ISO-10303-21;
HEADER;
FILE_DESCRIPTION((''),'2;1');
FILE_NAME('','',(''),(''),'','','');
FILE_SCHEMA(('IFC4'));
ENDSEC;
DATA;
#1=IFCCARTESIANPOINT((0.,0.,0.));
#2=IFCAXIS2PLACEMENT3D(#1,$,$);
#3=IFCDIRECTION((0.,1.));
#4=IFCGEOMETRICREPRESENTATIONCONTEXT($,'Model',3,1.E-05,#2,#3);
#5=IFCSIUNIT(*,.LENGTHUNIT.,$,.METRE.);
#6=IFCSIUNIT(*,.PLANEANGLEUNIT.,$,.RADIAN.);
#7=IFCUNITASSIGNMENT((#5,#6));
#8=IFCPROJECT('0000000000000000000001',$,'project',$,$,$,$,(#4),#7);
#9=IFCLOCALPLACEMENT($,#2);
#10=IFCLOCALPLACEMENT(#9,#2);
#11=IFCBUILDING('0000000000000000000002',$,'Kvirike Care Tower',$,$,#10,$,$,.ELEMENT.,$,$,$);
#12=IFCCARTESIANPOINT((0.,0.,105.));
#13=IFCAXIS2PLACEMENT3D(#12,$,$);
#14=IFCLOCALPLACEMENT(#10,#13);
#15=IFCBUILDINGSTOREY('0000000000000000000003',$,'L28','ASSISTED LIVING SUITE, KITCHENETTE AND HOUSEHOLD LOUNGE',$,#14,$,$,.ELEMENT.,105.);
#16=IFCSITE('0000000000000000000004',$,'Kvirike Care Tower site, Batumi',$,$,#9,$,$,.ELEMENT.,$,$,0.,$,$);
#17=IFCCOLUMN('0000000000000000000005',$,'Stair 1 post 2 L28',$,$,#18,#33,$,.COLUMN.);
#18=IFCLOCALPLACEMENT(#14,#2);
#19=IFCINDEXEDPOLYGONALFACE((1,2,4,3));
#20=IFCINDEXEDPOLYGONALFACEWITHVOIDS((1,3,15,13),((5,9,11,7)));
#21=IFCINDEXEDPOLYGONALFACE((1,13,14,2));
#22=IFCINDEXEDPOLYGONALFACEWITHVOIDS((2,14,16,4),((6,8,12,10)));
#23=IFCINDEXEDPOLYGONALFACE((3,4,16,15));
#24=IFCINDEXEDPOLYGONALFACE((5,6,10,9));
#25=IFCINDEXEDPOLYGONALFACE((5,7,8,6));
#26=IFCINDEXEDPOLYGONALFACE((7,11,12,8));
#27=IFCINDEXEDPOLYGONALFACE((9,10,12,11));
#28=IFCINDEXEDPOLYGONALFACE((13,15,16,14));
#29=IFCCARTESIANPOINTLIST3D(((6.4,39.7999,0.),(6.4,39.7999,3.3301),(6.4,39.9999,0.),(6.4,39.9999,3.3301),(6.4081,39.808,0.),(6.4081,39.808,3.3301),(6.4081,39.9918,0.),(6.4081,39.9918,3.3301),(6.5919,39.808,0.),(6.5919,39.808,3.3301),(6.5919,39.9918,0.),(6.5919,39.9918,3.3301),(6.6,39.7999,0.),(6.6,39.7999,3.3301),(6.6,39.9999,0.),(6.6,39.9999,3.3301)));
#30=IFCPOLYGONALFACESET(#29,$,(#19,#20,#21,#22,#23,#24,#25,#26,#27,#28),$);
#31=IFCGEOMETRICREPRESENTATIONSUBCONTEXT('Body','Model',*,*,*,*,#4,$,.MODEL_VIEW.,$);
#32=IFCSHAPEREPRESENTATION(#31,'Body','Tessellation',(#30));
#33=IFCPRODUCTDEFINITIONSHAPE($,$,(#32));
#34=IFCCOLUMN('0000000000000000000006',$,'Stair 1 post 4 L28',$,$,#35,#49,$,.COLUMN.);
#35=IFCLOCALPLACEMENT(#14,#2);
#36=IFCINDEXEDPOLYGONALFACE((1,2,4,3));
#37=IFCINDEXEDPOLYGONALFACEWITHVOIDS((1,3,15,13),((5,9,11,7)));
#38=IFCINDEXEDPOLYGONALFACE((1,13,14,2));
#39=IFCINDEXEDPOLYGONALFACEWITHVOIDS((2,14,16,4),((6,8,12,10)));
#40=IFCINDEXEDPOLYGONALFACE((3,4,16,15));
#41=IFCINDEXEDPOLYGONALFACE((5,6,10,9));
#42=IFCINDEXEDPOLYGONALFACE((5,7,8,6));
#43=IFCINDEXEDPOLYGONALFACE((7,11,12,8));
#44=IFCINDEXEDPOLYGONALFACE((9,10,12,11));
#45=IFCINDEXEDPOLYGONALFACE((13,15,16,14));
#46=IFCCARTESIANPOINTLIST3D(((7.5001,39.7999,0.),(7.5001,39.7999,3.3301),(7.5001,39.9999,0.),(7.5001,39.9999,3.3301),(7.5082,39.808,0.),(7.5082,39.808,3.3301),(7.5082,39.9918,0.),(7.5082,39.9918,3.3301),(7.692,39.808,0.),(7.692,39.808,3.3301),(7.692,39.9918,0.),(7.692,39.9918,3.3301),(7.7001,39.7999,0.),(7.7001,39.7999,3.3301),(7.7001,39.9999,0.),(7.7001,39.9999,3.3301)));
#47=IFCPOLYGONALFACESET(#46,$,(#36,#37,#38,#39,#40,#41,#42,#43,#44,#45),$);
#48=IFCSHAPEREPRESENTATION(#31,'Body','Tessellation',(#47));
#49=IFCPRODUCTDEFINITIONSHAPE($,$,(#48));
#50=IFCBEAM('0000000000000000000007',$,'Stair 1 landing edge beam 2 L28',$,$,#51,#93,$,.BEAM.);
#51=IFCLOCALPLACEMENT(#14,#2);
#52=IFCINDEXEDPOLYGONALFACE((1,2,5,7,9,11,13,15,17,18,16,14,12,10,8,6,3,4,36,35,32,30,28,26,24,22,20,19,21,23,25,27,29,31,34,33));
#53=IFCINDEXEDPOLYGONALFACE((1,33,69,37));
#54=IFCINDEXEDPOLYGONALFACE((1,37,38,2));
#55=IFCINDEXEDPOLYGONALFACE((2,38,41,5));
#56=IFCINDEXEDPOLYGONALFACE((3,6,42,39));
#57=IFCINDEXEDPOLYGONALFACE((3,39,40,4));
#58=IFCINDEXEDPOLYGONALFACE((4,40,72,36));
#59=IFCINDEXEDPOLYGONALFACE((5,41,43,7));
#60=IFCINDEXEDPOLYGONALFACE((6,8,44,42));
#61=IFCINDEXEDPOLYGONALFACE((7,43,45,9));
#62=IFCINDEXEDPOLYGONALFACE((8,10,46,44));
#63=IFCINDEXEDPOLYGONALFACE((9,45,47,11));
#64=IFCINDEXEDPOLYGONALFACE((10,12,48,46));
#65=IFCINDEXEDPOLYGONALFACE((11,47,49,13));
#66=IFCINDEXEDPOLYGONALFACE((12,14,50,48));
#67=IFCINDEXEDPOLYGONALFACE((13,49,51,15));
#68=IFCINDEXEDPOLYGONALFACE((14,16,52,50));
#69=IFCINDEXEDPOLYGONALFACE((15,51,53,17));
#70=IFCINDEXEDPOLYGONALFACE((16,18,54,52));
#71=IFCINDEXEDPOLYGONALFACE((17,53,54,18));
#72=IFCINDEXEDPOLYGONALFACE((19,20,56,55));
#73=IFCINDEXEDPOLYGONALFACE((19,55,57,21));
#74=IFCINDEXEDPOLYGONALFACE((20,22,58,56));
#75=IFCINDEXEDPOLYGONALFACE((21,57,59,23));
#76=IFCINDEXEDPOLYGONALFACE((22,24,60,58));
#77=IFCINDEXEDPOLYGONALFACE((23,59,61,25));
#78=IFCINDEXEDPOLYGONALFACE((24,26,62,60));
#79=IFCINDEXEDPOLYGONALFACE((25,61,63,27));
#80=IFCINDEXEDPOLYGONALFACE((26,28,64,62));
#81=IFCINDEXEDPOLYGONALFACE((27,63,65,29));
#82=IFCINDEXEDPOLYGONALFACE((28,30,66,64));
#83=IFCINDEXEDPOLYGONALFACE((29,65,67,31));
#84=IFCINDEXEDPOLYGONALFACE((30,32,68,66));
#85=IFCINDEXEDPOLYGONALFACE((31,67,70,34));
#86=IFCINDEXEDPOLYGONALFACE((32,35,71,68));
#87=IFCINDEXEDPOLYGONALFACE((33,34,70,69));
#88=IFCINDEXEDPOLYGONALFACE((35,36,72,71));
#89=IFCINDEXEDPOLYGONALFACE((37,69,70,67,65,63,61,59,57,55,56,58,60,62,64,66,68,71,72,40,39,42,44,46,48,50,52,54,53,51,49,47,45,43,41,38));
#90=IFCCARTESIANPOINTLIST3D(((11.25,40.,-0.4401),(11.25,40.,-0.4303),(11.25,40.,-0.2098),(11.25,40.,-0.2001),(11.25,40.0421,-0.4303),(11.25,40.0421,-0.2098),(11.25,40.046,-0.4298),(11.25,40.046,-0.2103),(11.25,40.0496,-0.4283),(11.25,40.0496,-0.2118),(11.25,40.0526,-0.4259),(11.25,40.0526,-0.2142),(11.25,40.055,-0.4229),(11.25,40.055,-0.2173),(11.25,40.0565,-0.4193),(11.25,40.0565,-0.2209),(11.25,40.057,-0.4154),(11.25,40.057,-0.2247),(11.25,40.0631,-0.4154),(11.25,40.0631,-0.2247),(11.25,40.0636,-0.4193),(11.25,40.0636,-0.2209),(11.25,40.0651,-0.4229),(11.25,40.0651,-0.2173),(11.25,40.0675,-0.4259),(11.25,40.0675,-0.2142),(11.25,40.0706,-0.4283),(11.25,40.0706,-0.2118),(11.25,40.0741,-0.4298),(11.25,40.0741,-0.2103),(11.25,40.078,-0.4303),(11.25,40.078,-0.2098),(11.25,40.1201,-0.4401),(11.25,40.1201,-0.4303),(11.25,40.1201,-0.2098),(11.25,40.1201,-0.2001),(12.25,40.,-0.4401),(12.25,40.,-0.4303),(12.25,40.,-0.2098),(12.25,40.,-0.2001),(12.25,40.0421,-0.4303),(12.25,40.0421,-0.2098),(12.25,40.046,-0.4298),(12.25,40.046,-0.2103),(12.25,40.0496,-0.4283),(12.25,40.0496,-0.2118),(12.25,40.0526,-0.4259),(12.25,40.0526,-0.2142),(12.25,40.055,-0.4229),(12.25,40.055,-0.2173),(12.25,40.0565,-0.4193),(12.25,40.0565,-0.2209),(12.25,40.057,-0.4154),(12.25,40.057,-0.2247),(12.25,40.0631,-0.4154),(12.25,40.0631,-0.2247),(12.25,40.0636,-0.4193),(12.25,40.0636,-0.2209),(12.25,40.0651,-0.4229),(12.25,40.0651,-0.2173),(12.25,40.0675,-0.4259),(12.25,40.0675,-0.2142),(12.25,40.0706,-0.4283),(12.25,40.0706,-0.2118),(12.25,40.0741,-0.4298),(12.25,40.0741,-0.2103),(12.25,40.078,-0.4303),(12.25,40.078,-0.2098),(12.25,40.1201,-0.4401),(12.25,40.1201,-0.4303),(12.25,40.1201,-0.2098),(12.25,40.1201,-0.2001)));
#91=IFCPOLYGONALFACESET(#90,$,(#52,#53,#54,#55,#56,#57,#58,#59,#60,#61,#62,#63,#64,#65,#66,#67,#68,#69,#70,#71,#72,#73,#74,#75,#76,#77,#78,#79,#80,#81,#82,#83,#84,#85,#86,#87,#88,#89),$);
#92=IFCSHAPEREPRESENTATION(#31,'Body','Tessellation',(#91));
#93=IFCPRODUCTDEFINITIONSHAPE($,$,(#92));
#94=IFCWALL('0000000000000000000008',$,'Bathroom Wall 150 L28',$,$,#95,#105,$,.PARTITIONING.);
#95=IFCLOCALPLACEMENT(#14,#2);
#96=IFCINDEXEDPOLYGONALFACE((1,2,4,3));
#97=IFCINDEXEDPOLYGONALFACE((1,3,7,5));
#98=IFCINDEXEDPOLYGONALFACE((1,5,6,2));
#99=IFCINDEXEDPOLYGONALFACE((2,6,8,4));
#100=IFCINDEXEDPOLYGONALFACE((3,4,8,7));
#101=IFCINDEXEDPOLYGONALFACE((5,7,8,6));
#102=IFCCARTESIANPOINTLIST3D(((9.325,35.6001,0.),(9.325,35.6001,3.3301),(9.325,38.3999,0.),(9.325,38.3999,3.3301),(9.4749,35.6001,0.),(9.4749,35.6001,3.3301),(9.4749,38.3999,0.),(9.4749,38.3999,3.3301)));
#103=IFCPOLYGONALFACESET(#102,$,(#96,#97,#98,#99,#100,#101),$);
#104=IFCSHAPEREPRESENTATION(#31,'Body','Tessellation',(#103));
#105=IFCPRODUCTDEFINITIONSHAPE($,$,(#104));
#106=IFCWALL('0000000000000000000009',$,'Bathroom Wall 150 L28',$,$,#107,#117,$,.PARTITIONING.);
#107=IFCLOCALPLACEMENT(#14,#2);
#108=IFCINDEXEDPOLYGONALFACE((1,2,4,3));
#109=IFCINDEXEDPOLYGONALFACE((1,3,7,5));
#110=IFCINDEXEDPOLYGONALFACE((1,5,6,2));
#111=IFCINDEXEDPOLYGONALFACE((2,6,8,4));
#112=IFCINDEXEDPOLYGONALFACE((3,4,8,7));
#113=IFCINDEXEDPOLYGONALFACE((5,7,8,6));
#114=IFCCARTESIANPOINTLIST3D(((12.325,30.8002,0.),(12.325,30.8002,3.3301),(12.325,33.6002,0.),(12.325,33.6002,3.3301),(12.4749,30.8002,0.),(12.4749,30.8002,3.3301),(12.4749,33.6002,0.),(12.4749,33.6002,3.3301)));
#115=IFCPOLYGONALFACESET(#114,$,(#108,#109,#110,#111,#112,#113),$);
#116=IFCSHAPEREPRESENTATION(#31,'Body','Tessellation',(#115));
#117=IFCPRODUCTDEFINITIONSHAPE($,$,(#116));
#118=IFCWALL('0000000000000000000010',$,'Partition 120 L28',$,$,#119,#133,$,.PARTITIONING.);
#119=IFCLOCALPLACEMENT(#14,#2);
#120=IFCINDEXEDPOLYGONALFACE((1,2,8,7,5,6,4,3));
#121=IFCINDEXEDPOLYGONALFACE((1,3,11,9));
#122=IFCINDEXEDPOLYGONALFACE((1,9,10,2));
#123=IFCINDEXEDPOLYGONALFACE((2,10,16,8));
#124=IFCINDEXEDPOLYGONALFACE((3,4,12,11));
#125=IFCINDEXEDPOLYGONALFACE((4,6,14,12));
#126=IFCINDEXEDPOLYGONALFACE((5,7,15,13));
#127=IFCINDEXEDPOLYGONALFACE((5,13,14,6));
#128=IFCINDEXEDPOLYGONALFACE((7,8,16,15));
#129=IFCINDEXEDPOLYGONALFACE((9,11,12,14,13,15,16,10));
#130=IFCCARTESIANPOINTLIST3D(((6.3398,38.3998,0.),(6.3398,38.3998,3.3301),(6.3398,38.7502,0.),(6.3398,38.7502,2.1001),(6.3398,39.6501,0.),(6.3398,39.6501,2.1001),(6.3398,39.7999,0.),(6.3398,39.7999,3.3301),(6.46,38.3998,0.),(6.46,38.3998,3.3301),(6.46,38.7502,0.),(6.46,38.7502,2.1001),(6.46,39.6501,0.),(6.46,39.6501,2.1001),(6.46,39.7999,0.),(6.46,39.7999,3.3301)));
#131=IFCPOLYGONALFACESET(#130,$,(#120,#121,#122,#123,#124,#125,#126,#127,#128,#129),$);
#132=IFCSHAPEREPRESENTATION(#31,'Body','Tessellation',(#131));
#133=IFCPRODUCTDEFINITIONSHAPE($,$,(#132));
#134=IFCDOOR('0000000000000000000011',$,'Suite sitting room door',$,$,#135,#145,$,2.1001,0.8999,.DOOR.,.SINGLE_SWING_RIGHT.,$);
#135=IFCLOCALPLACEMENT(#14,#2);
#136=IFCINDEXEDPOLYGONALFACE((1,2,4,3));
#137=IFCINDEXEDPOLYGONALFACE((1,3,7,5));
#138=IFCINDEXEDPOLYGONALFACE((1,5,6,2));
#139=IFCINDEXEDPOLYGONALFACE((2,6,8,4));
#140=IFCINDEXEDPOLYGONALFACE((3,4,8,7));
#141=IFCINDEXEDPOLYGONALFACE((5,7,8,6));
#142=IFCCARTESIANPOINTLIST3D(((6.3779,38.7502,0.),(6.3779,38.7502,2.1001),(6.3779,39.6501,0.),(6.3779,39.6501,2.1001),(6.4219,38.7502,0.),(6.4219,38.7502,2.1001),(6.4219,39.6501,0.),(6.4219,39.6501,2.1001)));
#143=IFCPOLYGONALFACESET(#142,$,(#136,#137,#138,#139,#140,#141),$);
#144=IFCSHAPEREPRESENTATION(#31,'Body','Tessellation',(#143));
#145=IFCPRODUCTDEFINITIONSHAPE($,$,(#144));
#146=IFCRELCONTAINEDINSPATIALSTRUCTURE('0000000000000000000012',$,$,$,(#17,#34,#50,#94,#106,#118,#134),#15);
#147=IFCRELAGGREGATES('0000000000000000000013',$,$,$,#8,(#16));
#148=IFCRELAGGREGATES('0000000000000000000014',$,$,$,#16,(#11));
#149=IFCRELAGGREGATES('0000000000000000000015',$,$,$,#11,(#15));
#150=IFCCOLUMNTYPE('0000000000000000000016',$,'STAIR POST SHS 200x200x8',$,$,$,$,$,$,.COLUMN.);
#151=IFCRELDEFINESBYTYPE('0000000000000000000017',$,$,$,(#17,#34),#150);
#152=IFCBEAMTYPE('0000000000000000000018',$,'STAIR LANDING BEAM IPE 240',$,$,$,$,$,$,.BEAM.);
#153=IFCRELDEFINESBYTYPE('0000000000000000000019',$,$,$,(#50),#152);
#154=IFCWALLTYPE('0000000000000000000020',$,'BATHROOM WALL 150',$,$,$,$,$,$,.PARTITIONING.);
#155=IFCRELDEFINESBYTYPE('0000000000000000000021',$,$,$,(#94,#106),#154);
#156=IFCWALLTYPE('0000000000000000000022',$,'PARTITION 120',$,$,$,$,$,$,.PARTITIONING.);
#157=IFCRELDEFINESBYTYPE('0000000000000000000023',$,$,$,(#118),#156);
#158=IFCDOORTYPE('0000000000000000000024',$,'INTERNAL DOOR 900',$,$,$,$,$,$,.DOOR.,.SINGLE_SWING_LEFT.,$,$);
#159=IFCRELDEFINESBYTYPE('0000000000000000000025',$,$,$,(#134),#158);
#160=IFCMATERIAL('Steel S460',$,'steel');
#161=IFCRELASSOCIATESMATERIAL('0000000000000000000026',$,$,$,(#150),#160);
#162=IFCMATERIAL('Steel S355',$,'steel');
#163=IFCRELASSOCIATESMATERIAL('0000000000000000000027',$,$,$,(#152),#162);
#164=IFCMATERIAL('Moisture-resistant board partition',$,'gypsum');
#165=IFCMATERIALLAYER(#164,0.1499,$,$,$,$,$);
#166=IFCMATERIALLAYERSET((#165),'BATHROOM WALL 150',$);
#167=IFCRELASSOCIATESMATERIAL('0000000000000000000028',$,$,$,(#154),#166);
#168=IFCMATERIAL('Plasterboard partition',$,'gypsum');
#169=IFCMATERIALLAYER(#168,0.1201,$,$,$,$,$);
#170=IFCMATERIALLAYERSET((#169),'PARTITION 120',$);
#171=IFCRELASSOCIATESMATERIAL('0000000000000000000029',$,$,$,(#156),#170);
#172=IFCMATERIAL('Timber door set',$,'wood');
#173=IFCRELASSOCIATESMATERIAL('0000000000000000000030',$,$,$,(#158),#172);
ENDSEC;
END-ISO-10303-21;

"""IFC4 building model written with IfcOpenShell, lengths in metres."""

from ifc_helpers import new_model, si_unit, direction, frame, frame_2d, origin, origin_2d, place, context, subcontext, project, spatial, rectangle, hollow_rectangle, i_section, extrude, material, layer, layer_set, material_profile, profile_set, type_object, element, fill, save


model = new_model("IFC4")

# Units and contexts
model_context = context("Model", 3, precision=1e-05, world=origin(), true_north=direction((0.0, 1.0)))
body_context = subcontext(model_context, "Body", "Model", "MODEL_VIEW")
ifc_project = project(units=[si_unit("LENGTHUNIT", "METRE"), si_unit("PLANEANGLEUNIT", "RADIAN")], contexts=[model_context])

# Site, building, storey
site_placement = place(None, origin())
site = spatial("IfcSite", under=ifc_project, at=site_placement, Name="Kvirike Care Tower site, Batumi", CompositionType="ELEMENT", RefElevation=0.0)
building_placement = place(site_placement, origin())
building = spatial("IfcBuilding", under=site, at=building_placement, Name="Kvirike Care Tower", CompositionType="ELEMENT")
storey_placement = place(building_placement, frame((0.0, 0.0, 105.0)))
storey = spatial("IfcBuildingStorey", under=building, at=storey_placement, Name="L28", Description="ASSISTED LIVING SUITE, KITCHENETTE AND HOUSEHOLD LOUNGE", CompositionType="ELEMENT", Elevation=105.0)

# Columns
ifc_material_1 = material(Name="Steel S460", Category="steel")
ifc_material_profile_1 = material_profile(ifc_material_1, hollow_rectangle(XDim=0.2, YDim=0.2, WallThickness=0.0081, at=origin_2d()), Name="SHS 200x200x8")
ifc_profile_set_1 = profile_set([ifc_material_profile_1], Name="Steel S460")
column_type = type_object("IfcColumnType", Name="STAIR POST SHS 200x200x8", PredefinedType="COLUMN", material=ifc_profile_set_1)
for number, where, z_axis, x_axis, name in (
    (1, (6.5, 39.8999, 0.0), (0.0, 0.0, 1.0), (1.0, 0.0, 0.0), "Stair 1 post 2 L28"),
    (2, (7.6001, 39.8999, 0.0), (0.0, 0.0, 1.0), (1.0, 0.0, 0.0), "Stair 1 post 4 L28"),
):
    element("IfcColumn", number, at=place(storey_placement, frame(where, z_axis=z_axis, x_axis=x_axis)), inside=storey, type_object=column_type, Name=name, PredefinedType="COLUMN", context=body_context, shape_type="SweptSolid", body=[
        extrude(hollow_rectangle(XDim=0.2, YDim=0.2, WallThickness=0.0081, at=origin_2d()), origin(), (0.0, 0.0, 1.0), 3.3301),
    ])

# Beam
ifc_material_2 = material(Name="Steel S355", Category="steel")
ifc_material_profile_2 = material_profile(ifc_material_2, i_section(OverallWidth=0.1201, OverallDepth=0.24, WebThickness=0.0061, FlangeThickness=0.0098, FilletRadius=0.0149, at=origin_2d()), Name="IPE 240")
ifc_profile_set_2 = profile_set([ifc_material_profile_2], Name="Steel S355")
beam_type = type_object("IfcBeamType", Name="STAIR LANDING BEAM IPE 240", PredefinedType="BEAM", material=ifc_profile_set_2)
beam_placement = place(storey_placement, frame((11.25, 40.0601, -0.3201), z_axis=(1.0, 0.0, 0.0), x_axis=(0.0, 1.0, 0.0)))
element("IfcBeam", 3, at=beam_placement, inside=storey, type_object=beam_type, Name="Stair 1 landing edge beam 2 L28", PredefinedType="BEAM", context=body_context, shape_type="SweptSolid", body=[
    extrude(i_section(OverallWidth=0.1201, OverallDepth=0.24, WebThickness=0.0061, FlangeThickness=0.0098, FilletRadius=0.0149, at=origin_2d()), origin(), (0.0, 0.0, 1.0), 1.0),
])

# Walls
ifc_material_3 = material(Name="Moisture-resistant board partition", Category="gypsum")
ifc_layer_1 = layer(ifc_material_3, 0.1499)
ifc_layer_set_1 = layer_set([ifc_layer_1], Name="BATHROOM WALL 150")
wall_type_1 = type_object("IfcWallType", Name="BATHROOM WALL 150", PredefinedType="PARTITIONING", material=ifc_layer_set_1)
wall_1_placement = place(storey_placement, frame((9.3999, 38.3999, 0.0), z_axis=(0.0, 0.0, 1.0), x_axis=(0.0, -1.0, 0.0)))
element("IfcWall", 4, at=wall_1_placement, inside=storey, type_object=wall_type_1, Name="Bathroom Wall 150 L28", PredefinedType="PARTITIONING", context=body_context, shape_type="SweptSolid", body=[
    extrude(rectangle(XDim=2.7998, YDim=0.1499, at=frame_2d((1.3999, 0.0))), origin(), (0.0, 0.0, 1.0), 3.3301),
])
wall_2_placement = place(storey_placement, frame((12.3999, 33.6001, 0.0), z_axis=(0.0, 0.0, 1.0), x_axis=(0.0, -1.0, 0.0)))
element("IfcWall", 5, at=wall_2_placement, inside=storey, type_object=wall_type_1, Name="Bathroom Wall 150 L28", PredefinedType="PARTITIONING", context=body_context, shape_type="SweptSolid", body=[
    extrude(rectangle(XDim=2.8, YDim=0.1499, at=frame_2d((1.3999, 0.0))), origin(), (0.0, 0.0, 1.0), 3.3301),
])

# Wall, opening, door
ifc_material_4 = material(Name="Plasterboard partition", Category="gypsum")
ifc_layer_2 = layer(ifc_material_4, 0.1201)
ifc_layer_set_2 = layer_set([ifc_layer_2], Name="PARTITION 120")
wall_type_2 = type_object("IfcWallType", Name="PARTITION 120", PredefinedType="PARTITIONING", material=ifc_layer_set_2)
wall_3_placement = place(storey_placement, frame((6.3999, 39.8, 0.0), z_axis=(0.0, 0.0, 1.0), x_axis=(0.0, -1.0, 0.0)))
wall_3 = element("IfcWall", 6, at=wall_3_placement, inside=storey, type_object=wall_type_2, Name="Partition 120 L28", PredefinedType="PARTITIONING", context=body_context, shape_type="SweptSolid", body=[
    extrude(rectangle(XDim=1.4001, YDim=0.1201, at=frame_2d((0.7002, 0.0))), origin(), (0.0, 0.0, 1.0), 3.3301),
])
opening_1_placement = place(wall_3_placement, frame((0.1499, 0.0, 0.0)))
opening_1 = element("IfcOpeningElement", 7, at=opening_1_placement, cuts=wall_3, PredefinedType="OPENING", context=body_context, shape_type="SweptSolid", body=[
    extrude(rectangle(XDim=0.8999, YDim=2.1001, at=frame_2d((0.45, 1.05))), frame((0.0, 0.0706, 0.0), z_axis=(0.0, -1.0, 0.0), x_axis=(1.0, 0.0, 0.0)), (0.0, 0.0, 1.0), 0.1411),
])
ifc_material_5 = material(Name="Timber door set", Category="wood")
door_type_1 = type_object("IfcDoorType", Name="INTERNAL DOOR 900", OperationType="SINGLE_SWING_LEFT", PredefinedType="DOOR", material=ifc_material_5)
door_1_placement = place(opening_1_placement, origin())
door_1 = element("IfcDoor", 8, at=door_1_placement, inside=storey, type_object=door_type_1, Name="Suite sitting room door", OperationType="SINGLE_SWING_RIGHT", OverallHeight=2.1001, OverallWidth=0.8999, PredefinedType="DOOR", context=body_context, shape_type="SweptSolid", body=[
    extrude(rectangle(XDim=0.8999, YDim=2.1001, at=frame_2d((0.45, 1.05))), frame((0.0, 0.022, 0.0), z_axis=(0.0, -1.0, 0.0), x_axis=(1.0, 0.0, 0.0)), (0.0, 0.0, 1.0), 0.0439),
])
fill(opening_1, door_1)

save(model, "model.ifc")
